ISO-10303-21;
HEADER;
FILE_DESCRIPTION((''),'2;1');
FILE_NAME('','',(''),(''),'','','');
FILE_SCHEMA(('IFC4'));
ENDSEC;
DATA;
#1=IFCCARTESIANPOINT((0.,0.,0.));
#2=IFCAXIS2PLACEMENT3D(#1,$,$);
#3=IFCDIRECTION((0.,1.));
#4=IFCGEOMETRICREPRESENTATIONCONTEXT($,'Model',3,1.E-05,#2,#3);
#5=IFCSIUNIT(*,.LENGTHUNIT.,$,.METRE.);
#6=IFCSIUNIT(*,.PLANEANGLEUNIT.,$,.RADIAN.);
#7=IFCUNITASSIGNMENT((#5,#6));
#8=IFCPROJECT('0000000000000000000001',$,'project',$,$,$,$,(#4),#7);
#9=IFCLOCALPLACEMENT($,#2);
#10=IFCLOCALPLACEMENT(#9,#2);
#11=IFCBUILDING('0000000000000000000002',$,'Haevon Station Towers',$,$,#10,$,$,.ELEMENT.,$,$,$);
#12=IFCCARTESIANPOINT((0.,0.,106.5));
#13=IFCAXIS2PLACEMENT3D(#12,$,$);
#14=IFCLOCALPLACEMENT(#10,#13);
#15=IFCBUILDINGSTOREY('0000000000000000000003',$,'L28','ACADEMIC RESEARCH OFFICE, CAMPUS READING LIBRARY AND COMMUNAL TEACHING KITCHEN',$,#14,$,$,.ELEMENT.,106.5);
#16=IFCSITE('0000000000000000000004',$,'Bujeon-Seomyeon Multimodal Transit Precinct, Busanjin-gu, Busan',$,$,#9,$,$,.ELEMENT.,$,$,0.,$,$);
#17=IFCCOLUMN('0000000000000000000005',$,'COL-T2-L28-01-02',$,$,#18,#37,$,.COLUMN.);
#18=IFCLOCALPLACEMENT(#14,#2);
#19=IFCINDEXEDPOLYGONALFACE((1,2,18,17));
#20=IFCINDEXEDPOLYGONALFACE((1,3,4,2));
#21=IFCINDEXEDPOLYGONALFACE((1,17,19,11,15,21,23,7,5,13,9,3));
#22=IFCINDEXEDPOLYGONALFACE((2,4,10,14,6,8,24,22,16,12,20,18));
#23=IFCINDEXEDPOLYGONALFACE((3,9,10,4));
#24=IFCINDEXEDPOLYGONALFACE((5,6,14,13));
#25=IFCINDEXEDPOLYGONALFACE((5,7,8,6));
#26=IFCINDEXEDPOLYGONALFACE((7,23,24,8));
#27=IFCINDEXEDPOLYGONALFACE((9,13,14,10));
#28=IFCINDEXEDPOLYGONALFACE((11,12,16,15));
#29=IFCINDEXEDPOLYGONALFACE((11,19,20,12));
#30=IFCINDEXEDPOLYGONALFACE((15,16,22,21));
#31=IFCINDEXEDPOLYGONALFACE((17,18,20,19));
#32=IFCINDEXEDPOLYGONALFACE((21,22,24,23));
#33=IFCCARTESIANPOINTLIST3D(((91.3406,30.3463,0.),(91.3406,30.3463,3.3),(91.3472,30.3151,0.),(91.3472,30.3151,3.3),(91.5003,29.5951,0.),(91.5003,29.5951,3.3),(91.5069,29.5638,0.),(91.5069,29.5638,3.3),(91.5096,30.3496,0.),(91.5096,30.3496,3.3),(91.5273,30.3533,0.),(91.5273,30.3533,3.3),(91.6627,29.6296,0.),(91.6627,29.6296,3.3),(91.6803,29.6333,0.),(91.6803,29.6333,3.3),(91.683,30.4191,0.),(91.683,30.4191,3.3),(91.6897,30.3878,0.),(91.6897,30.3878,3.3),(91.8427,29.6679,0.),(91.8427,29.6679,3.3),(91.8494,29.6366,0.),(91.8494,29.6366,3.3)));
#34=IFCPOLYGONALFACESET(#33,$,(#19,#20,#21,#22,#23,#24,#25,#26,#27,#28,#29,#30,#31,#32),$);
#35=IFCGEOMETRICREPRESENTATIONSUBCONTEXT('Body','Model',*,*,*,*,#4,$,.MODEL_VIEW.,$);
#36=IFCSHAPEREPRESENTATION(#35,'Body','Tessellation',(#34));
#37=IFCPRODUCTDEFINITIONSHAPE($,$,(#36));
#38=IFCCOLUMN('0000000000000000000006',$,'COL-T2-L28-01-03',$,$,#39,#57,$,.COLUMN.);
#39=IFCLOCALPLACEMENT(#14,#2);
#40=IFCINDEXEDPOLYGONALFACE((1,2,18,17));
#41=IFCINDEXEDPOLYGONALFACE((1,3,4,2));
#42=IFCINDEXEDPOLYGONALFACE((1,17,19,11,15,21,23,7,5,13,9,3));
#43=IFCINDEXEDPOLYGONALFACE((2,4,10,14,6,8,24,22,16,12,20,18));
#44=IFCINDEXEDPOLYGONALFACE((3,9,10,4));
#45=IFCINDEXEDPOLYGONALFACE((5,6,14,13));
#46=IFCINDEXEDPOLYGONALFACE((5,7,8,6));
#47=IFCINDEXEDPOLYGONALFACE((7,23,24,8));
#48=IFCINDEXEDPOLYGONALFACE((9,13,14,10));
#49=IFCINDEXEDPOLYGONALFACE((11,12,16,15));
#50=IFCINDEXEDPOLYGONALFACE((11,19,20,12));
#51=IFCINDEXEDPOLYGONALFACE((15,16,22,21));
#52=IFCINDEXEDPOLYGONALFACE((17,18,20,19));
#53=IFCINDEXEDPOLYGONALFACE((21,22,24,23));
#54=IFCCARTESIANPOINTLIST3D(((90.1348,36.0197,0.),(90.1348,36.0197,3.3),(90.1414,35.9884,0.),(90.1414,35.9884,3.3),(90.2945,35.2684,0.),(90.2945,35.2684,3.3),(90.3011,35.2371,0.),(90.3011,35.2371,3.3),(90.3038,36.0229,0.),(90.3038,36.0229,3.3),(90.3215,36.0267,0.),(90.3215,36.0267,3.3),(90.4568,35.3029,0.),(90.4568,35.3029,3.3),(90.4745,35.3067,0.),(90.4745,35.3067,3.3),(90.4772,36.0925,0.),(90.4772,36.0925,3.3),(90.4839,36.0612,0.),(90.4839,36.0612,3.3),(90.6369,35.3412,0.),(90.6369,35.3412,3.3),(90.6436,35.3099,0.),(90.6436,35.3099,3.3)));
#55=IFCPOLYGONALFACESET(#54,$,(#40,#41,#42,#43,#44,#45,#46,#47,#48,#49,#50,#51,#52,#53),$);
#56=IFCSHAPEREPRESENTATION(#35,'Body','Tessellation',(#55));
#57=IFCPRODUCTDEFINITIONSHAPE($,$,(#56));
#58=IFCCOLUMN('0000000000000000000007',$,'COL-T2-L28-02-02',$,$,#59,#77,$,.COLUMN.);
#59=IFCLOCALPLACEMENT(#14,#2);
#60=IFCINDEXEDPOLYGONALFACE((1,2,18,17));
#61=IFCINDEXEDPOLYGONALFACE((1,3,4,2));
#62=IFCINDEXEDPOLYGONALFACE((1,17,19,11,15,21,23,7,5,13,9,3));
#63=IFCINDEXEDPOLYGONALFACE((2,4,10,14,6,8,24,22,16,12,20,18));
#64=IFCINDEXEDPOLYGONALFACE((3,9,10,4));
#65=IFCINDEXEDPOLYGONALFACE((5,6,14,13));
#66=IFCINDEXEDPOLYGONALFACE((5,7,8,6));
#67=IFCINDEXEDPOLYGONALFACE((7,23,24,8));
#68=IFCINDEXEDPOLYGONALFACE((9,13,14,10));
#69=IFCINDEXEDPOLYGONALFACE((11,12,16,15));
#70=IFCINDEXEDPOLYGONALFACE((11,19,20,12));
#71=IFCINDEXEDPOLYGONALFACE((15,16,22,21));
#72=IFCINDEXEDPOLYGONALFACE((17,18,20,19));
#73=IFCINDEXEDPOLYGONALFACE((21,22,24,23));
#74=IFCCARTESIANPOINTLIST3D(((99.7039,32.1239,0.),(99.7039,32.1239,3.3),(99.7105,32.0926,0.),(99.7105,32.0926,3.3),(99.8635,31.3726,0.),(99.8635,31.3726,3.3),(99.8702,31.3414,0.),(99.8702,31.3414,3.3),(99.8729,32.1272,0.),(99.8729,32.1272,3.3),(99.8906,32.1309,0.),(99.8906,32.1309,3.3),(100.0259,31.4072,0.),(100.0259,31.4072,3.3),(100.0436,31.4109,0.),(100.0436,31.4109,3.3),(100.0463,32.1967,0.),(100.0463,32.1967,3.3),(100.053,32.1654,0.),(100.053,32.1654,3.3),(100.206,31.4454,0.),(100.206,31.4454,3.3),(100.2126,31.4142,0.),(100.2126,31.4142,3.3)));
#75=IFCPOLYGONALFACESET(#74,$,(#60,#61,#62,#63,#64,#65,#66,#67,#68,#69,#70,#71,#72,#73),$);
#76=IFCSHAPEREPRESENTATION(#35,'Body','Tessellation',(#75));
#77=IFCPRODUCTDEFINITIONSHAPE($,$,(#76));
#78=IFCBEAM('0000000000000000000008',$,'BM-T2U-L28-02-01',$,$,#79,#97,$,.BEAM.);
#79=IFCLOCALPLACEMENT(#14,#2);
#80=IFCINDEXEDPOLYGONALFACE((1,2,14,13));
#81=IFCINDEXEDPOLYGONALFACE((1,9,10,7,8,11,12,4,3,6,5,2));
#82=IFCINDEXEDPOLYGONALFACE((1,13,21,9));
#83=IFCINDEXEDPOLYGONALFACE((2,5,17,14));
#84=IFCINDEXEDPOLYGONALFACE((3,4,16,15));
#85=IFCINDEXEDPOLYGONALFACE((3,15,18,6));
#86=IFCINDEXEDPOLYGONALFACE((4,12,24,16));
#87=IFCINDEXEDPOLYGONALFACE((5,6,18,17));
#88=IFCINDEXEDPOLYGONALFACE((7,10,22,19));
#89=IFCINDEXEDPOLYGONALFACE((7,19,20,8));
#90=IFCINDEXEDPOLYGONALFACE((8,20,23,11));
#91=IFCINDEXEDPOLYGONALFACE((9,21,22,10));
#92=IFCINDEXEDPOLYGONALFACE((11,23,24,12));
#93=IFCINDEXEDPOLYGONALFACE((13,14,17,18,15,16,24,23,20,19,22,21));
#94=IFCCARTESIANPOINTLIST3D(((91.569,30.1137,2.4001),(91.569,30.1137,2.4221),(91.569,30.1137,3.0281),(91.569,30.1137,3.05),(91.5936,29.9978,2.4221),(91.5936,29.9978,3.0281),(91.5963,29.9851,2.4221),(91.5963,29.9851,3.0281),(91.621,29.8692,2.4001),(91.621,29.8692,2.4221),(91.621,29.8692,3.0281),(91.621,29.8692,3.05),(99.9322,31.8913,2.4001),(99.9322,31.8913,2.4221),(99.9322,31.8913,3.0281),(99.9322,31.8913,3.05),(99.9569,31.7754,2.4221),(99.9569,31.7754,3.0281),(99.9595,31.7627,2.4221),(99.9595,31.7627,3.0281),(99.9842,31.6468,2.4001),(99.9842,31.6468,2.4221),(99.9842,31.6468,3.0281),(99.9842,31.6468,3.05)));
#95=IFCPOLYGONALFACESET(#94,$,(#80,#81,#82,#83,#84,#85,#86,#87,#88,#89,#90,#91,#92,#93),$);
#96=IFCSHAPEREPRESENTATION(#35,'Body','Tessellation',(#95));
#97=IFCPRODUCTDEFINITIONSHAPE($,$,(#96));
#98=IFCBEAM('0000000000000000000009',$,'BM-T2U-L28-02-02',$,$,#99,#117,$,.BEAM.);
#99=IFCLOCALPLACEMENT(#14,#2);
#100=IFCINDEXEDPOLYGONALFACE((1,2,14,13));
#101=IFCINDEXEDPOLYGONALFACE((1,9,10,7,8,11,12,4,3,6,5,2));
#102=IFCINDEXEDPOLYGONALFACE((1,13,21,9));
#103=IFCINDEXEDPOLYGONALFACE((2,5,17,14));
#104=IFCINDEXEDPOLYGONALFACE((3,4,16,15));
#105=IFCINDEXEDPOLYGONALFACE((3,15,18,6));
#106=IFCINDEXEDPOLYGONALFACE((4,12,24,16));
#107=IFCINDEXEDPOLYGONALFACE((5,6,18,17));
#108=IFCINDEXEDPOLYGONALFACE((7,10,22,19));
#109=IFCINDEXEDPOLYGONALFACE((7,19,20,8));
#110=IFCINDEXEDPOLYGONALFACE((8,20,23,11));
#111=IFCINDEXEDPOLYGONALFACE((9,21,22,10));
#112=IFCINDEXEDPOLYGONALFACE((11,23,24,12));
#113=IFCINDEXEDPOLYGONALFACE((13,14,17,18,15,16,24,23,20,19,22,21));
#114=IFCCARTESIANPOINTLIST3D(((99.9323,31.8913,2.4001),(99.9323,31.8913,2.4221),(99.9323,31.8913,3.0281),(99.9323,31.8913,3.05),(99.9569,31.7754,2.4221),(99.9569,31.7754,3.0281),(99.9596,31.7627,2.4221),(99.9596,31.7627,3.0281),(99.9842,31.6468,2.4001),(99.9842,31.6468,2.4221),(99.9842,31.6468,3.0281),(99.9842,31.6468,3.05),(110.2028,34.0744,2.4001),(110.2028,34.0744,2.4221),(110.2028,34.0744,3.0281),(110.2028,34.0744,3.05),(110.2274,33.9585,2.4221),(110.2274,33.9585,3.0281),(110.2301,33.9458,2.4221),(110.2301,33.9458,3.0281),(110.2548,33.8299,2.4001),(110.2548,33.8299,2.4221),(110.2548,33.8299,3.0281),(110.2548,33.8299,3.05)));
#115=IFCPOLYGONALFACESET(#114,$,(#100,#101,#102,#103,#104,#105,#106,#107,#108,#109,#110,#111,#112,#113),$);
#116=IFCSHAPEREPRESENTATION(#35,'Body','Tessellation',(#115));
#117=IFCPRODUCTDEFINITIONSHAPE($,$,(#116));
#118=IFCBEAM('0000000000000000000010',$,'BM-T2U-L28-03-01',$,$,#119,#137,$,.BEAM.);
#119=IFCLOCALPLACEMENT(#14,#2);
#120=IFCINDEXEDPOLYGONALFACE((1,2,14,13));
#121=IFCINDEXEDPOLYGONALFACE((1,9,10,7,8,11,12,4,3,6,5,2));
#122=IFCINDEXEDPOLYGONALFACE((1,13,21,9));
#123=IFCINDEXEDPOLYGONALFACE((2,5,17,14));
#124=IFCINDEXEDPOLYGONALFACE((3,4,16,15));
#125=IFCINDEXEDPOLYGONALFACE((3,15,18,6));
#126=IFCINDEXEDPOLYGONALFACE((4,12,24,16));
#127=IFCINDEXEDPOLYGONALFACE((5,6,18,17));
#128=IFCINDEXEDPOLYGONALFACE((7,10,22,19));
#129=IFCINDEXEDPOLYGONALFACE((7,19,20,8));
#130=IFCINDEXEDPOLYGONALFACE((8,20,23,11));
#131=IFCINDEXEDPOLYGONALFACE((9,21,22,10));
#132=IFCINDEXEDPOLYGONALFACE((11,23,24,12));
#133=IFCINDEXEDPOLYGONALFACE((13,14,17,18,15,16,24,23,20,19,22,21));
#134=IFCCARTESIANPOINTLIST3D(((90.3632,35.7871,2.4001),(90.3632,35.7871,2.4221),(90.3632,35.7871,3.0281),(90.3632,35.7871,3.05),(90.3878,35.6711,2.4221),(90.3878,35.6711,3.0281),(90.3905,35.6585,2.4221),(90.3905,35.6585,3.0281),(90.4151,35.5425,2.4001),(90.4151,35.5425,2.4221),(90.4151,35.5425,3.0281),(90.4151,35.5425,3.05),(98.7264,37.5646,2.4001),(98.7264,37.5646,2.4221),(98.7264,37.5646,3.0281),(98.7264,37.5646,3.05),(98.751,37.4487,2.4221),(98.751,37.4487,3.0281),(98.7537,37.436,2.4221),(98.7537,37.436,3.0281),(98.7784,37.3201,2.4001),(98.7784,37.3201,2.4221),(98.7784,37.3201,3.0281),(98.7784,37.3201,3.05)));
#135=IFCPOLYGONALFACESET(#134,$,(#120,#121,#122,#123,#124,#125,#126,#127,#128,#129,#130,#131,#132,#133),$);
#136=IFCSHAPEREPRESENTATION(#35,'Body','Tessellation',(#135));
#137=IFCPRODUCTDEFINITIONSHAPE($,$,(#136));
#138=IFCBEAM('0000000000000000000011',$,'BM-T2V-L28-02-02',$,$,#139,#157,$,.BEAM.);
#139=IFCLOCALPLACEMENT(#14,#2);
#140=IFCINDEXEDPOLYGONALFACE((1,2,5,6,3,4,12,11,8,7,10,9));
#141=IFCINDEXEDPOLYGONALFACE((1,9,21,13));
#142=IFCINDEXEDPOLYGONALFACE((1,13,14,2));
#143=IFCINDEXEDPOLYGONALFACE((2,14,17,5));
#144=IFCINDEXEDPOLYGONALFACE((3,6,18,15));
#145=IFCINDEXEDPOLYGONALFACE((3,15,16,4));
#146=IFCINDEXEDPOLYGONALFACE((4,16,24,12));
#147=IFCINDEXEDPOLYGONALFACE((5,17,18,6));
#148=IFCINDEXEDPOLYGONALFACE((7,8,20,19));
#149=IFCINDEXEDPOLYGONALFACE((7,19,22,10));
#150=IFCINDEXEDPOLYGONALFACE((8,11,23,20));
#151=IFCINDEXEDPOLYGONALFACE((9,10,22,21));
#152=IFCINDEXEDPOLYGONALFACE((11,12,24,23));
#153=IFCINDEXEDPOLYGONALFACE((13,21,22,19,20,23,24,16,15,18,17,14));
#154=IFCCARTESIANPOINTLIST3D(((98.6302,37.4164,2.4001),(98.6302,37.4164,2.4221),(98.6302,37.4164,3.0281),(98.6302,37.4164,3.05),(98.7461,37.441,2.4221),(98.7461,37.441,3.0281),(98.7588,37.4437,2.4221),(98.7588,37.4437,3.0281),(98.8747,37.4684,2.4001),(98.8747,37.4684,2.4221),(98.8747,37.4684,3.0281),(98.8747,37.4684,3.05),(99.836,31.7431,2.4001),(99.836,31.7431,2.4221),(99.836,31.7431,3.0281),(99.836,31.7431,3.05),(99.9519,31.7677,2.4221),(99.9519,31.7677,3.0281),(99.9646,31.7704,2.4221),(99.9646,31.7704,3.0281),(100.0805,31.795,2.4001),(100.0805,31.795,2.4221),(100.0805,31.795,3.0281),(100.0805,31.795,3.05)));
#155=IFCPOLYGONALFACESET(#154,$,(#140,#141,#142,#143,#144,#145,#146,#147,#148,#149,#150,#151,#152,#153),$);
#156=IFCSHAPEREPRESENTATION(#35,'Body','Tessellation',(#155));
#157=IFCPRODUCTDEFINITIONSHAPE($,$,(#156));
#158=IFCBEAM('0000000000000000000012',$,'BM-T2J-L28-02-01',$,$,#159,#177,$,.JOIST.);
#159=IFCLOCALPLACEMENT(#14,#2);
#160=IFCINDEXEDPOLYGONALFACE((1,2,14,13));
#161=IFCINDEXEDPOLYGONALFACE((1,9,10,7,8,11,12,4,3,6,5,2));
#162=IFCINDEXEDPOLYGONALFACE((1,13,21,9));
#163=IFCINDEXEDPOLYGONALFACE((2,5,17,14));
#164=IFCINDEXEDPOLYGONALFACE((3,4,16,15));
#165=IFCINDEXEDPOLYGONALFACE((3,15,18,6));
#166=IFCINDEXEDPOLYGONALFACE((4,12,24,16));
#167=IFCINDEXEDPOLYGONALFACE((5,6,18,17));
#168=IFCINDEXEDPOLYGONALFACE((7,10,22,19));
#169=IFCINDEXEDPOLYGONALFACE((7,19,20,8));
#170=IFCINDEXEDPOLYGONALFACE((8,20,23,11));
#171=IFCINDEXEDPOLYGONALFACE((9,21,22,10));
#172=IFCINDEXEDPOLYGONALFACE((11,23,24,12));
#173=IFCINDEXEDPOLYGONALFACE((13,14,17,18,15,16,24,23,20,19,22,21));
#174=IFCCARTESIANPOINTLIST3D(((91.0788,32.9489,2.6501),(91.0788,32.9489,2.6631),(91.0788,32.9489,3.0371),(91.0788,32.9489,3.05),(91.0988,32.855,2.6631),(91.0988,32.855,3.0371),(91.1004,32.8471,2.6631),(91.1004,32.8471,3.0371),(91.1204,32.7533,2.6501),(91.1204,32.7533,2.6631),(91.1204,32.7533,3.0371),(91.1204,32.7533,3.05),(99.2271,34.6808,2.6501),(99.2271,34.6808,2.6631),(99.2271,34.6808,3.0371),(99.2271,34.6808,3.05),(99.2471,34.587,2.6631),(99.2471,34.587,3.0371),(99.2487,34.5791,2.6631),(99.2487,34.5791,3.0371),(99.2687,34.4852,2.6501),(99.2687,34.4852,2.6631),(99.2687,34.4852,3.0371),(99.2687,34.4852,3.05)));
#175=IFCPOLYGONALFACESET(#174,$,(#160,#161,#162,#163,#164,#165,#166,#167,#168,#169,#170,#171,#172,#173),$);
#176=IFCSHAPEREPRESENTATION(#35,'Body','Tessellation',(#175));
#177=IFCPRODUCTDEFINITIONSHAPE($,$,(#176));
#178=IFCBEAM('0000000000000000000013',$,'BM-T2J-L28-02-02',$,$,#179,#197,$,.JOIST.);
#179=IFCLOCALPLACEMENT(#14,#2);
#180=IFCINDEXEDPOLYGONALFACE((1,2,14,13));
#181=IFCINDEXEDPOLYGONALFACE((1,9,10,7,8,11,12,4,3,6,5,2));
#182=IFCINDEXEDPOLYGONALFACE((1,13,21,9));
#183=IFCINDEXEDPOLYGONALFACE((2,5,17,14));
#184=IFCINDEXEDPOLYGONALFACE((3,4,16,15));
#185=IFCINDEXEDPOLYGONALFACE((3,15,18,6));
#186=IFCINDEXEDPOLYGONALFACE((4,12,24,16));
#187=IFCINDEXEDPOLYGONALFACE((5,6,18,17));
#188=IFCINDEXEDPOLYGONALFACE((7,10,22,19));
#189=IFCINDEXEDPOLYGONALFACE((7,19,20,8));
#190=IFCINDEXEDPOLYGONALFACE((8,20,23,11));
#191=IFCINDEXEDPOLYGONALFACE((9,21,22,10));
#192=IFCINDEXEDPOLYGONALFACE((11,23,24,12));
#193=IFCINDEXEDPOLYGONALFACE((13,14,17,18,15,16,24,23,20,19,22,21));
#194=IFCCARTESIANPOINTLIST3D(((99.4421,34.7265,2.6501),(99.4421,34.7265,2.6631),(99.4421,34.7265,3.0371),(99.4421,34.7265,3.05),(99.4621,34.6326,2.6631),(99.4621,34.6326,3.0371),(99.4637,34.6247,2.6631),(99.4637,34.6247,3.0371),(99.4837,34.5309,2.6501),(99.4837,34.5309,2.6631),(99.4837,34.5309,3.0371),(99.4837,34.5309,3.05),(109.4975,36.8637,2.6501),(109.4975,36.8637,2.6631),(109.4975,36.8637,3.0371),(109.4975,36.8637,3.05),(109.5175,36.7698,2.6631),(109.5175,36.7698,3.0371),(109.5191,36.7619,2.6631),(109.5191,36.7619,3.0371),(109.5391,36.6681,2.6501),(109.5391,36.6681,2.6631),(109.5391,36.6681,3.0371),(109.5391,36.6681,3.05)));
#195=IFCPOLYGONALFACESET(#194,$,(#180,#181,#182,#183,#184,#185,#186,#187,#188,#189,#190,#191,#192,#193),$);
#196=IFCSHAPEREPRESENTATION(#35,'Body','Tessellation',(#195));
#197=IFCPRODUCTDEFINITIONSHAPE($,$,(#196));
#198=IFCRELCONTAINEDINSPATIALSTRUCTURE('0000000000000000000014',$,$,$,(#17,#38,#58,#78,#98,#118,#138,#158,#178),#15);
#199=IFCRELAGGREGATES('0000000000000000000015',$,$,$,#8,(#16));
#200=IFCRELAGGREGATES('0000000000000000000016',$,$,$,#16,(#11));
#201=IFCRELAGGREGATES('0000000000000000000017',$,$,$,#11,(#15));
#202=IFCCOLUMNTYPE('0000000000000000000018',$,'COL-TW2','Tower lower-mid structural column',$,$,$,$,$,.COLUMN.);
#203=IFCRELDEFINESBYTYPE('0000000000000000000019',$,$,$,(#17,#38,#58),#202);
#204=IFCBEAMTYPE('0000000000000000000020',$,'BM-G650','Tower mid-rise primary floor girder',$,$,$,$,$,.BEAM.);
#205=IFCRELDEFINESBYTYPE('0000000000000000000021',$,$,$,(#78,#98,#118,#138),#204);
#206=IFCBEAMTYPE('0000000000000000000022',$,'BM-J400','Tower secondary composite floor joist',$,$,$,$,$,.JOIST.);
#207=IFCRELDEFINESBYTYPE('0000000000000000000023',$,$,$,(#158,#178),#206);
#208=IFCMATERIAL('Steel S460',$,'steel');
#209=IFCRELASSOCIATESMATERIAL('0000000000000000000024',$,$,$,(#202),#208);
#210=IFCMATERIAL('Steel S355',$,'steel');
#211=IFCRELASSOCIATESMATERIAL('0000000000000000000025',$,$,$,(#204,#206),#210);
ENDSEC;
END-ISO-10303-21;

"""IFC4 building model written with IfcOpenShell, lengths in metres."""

from ifc_helpers import new_model, si_unit, direction, frame, origin, origin_2d, place, context, subcontext, project, spatial, i_section, extrude, material, material_profile, profile_set, type_object, element, save


model = new_model("IFC4")

# Units and contexts
model_context = context("Model", 3, precision=1e-05, world=origin(), true_north=direction((0.0, 1.0)))
body_context = subcontext(model_context, "Body", "Model", "MODEL_VIEW")
ifc_project = project(units=[si_unit("LENGTHUNIT", "METRE"), si_unit("PLANEANGLEUNIT", "RADIAN")], contexts=[model_context])

# Site, building, storey
site_placement = place(None, origin())
site = spatial("IfcSite", under=ifc_project, at=site_placement, Name="Bujeon-Seomyeon Multimodal Transit Precinct, Busanjin-gu, Busan", CompositionType="ELEMENT", RefElevation=0.0)
building_placement = place(site_placement, origin())
building = spatial("IfcBuilding", under=site, at=building_placement, Name="Haevon Station Towers", CompositionType="ELEMENT")
storey_placement = place(building_placement, frame((0.0, 0.0, 106.5)))
storey = spatial("IfcBuildingStorey", under=building, at=storey_placement, Name="L28", Description="ACADEMIC RESEARCH OFFICE, CAMPUS READING LIBRARY AND COMMUNAL TEACHING KITCHEN", CompositionType="ELEMENT", Elevation=106.5)

# Columns
ifc_material_1 = material(Name="Steel S460", Category="steel")
ifc_material_profile_1 = material_profile(ifc_material_1, i_section(OverallWidth=0.3501, OverallDepth=0.8, WebThickness=0.0181, FlangeThickness=0.032, at=origin_2d()), Name="H-800x350x18x32")
ifc_profile_set_1 = profile_set([ifc_material_profile_1], Name="Steel S460")
column_type = type_object("IfcColumnType", Name="COL-TW2", Description="Tower lower-mid structural column", PredefinedType="COLUMN", material=ifc_profile_set_1)
for number, where, z_axis, x_axis, name in (
    (1, (91.595, 29.9915, 0.0), (0.0, 0.0, 1.0), (0.978148, 0.207912, 0.0), "COL-T2-L28-01-02"),
    (2, (90.3892, 35.6648, 0.0), (0.0, 0.0, 1.0), (0.978148, 0.207912, 0.0), "COL-T2-L28-01-03"),
    (3, (99.9583, 31.769, 0.0), (0.0, 0.0, 1.0), (0.978148, 0.207912, 0.0), "COL-T2-L28-02-02"),
):
    element("IfcColumn", number, at=place(storey_placement, frame(where, z_axis=z_axis, x_axis=x_axis)), inside=storey, type_object=column_type, Name=name, PredefinedType="COLUMN", context=body_context, shape_type="SweptSolid", body=[
        extrude(i_section(OverallWidth=0.3501, OverallDepth=0.8, WebThickness=0.0181, FlangeThickness=0.032, at=origin_2d()), origin(), (0.0, 0.0, 1.0), 3.3),
    ])

# Beams
ifc_material_2 = material(Name="Steel S355", Category="steel")
ifc_material_profile_2 = material_profile(ifc_material_2, i_section(OverallWidth=0.25, OverallDepth=0.6499, WebThickness=0.0129, FlangeThickness=0.022, at=origin_2d()), Name="H-650x250x13x22")
ifc_profile_set_2 = profile_set([ifc_material_profile_2], Name="Steel S355")
beam_type_1 = type_object("IfcBeamType", Name="BM-G650", Description="Tower mid-rise primary floor girder", PredefinedType="BEAM", material=ifc_profile_set_2)
beam_1_placement = place(storey_placement, frame((91.595, 29.9915, 2.7251), z_axis=(0.97815, 0.207902, 0.0), x_axis=(-0.207902, 0.97815, 0.0)))
element("IfcBeam", 4, at=beam_1_placement, inside=storey, type_object=beam_type_1, Name="BM-T2U-L28-02-01", PredefinedType="BEAM", context=body_context, shape_type="SweptSolid", body=[
    extrude(i_section(OverallWidth=0.25, OverallDepth=0.6499, WebThickness=0.0129, FlangeThickness=0.022, at=origin_2d()), origin(), (0.0, 0.0, 1.0), 8.55),
])
beam_2_placement = place(storey_placement, frame((99.9583, 31.769, 2.7251), z_axis=(0.978147, 0.207915, 0.0), x_axis=(-0.207915, 0.978147, 0.0)))
element("IfcBeam", 5, at=beam_2_placement, inside=storey, type_object=beam_type_1, Name="BM-T2U-L28-02-02", PredefinedType="BEAM", context=body_context, shape_type="SweptSolid", body=[
    extrude(i_section(OverallWidth=0.25, OverallDepth=0.6499, WebThickness=0.0129, FlangeThickness=0.022, at=origin_2d()), origin(), (0.0, 0.0, 1.0), 10.5),
])
beam_3_placement = place(storey_placement, frame((90.3892, 35.6648, 2.7251), z_axis=(0.97815, 0.207902, 0.0), x_axis=(-0.207902, 0.97815, 0.0)))
element("IfcBeam", 6, at=beam_3_placement, inside=storey, type_object=beam_type_1, Name="BM-T2U-L28-03-01", PredefinedType="BEAM", context=body_context, shape_type="SweptSolid", body=[
    extrude(i_section(OverallWidth=0.25, OverallDepth=0.6499, WebThickness=0.0129, FlangeThickness=0.022, at=origin_2d()), origin(), (0.0, 0.0, 1.0), 8.55),
])
beam_4_placement = place(storey_placement, frame((99.9583, 31.769, 2.7251), z_axis=(-0.207896, 0.978151, 0.0), x_axis=(-0.978151, -0.207896, 0.0)))
element("IfcBeam", 7, at=beam_4_placement, inside=storey, type_object=beam_type_1, Name="BM-T2V-L28-02-02", PredefinedType="BEAM", context=body_context, shape_type="SweptSolid", body=[
    extrude(i_section(OverallWidth=0.25, OverallDepth=0.6499, WebThickness=0.0129, FlangeThickness=0.022, at=origin_2d()), origin(), (0.0, 0.0, 1.0), 5.8),
])
ifc_material_profile_3 = material_profile(ifc_material_2, i_section(OverallWidth=0.2, OverallDepth=0.3999, WebThickness=0.0081, FlangeThickness=0.0129, at=origin_2d()), Name="H-400x200x8x13")
ifc_profile_set_3 = profile_set([ifc_material_profile_3], Name="Steel S355")
beam_type_2 = type_object("IfcBeamType", Name="BM-J400", Description="Tower secondary composite floor joist", PredefinedType="JOIST", material=ifc_profile_set_3)
beam_5_placement = place(storey_placement, frame((91.0996, 32.8511, 2.8501), z_axis=(0.978148, 0.20791, 0.0), x_axis=(-0.20791, 0.978148, 0.0)))
element("IfcBeam", 8, at=beam_5_placement, inside=storey, type_object=beam_type_2, Name="BM-T2J-L28-02-01", PredefinedType="JOIST", context=body_context, shape_type="SweptSolid", body=[
    extrude(i_section(OverallWidth=0.2, OverallDepth=0.3999, WebThickness=0.0081, FlangeThickness=0.0129, at=origin_2d()), origin(), (0.0, 0.0, 1.0), 8.3303),
])
beam_6_placement = place(storey_placement, frame((99.4629, 34.6287, 2.8501), z_axis=(0.97815, 0.207899, 0.0), x_axis=(-0.207899, 0.97815, 0.0)))
element("IfcBeam", 9, at=beam_6_placement, inside=storey, type_object=beam_type_2, Name="BM-T2J-L28-02-02", PredefinedType="JOIST", context=body_context, shape_type="SweptSolid", body=[
    extrude(i_section(OverallWidth=0.2, OverallDepth=0.3999, WebThickness=0.0081, FlangeThickness=0.0129, at=origin_2d()), origin(), (0.0, 0.0, 1.0), 10.28),
])

save(model, "model.ifc")
